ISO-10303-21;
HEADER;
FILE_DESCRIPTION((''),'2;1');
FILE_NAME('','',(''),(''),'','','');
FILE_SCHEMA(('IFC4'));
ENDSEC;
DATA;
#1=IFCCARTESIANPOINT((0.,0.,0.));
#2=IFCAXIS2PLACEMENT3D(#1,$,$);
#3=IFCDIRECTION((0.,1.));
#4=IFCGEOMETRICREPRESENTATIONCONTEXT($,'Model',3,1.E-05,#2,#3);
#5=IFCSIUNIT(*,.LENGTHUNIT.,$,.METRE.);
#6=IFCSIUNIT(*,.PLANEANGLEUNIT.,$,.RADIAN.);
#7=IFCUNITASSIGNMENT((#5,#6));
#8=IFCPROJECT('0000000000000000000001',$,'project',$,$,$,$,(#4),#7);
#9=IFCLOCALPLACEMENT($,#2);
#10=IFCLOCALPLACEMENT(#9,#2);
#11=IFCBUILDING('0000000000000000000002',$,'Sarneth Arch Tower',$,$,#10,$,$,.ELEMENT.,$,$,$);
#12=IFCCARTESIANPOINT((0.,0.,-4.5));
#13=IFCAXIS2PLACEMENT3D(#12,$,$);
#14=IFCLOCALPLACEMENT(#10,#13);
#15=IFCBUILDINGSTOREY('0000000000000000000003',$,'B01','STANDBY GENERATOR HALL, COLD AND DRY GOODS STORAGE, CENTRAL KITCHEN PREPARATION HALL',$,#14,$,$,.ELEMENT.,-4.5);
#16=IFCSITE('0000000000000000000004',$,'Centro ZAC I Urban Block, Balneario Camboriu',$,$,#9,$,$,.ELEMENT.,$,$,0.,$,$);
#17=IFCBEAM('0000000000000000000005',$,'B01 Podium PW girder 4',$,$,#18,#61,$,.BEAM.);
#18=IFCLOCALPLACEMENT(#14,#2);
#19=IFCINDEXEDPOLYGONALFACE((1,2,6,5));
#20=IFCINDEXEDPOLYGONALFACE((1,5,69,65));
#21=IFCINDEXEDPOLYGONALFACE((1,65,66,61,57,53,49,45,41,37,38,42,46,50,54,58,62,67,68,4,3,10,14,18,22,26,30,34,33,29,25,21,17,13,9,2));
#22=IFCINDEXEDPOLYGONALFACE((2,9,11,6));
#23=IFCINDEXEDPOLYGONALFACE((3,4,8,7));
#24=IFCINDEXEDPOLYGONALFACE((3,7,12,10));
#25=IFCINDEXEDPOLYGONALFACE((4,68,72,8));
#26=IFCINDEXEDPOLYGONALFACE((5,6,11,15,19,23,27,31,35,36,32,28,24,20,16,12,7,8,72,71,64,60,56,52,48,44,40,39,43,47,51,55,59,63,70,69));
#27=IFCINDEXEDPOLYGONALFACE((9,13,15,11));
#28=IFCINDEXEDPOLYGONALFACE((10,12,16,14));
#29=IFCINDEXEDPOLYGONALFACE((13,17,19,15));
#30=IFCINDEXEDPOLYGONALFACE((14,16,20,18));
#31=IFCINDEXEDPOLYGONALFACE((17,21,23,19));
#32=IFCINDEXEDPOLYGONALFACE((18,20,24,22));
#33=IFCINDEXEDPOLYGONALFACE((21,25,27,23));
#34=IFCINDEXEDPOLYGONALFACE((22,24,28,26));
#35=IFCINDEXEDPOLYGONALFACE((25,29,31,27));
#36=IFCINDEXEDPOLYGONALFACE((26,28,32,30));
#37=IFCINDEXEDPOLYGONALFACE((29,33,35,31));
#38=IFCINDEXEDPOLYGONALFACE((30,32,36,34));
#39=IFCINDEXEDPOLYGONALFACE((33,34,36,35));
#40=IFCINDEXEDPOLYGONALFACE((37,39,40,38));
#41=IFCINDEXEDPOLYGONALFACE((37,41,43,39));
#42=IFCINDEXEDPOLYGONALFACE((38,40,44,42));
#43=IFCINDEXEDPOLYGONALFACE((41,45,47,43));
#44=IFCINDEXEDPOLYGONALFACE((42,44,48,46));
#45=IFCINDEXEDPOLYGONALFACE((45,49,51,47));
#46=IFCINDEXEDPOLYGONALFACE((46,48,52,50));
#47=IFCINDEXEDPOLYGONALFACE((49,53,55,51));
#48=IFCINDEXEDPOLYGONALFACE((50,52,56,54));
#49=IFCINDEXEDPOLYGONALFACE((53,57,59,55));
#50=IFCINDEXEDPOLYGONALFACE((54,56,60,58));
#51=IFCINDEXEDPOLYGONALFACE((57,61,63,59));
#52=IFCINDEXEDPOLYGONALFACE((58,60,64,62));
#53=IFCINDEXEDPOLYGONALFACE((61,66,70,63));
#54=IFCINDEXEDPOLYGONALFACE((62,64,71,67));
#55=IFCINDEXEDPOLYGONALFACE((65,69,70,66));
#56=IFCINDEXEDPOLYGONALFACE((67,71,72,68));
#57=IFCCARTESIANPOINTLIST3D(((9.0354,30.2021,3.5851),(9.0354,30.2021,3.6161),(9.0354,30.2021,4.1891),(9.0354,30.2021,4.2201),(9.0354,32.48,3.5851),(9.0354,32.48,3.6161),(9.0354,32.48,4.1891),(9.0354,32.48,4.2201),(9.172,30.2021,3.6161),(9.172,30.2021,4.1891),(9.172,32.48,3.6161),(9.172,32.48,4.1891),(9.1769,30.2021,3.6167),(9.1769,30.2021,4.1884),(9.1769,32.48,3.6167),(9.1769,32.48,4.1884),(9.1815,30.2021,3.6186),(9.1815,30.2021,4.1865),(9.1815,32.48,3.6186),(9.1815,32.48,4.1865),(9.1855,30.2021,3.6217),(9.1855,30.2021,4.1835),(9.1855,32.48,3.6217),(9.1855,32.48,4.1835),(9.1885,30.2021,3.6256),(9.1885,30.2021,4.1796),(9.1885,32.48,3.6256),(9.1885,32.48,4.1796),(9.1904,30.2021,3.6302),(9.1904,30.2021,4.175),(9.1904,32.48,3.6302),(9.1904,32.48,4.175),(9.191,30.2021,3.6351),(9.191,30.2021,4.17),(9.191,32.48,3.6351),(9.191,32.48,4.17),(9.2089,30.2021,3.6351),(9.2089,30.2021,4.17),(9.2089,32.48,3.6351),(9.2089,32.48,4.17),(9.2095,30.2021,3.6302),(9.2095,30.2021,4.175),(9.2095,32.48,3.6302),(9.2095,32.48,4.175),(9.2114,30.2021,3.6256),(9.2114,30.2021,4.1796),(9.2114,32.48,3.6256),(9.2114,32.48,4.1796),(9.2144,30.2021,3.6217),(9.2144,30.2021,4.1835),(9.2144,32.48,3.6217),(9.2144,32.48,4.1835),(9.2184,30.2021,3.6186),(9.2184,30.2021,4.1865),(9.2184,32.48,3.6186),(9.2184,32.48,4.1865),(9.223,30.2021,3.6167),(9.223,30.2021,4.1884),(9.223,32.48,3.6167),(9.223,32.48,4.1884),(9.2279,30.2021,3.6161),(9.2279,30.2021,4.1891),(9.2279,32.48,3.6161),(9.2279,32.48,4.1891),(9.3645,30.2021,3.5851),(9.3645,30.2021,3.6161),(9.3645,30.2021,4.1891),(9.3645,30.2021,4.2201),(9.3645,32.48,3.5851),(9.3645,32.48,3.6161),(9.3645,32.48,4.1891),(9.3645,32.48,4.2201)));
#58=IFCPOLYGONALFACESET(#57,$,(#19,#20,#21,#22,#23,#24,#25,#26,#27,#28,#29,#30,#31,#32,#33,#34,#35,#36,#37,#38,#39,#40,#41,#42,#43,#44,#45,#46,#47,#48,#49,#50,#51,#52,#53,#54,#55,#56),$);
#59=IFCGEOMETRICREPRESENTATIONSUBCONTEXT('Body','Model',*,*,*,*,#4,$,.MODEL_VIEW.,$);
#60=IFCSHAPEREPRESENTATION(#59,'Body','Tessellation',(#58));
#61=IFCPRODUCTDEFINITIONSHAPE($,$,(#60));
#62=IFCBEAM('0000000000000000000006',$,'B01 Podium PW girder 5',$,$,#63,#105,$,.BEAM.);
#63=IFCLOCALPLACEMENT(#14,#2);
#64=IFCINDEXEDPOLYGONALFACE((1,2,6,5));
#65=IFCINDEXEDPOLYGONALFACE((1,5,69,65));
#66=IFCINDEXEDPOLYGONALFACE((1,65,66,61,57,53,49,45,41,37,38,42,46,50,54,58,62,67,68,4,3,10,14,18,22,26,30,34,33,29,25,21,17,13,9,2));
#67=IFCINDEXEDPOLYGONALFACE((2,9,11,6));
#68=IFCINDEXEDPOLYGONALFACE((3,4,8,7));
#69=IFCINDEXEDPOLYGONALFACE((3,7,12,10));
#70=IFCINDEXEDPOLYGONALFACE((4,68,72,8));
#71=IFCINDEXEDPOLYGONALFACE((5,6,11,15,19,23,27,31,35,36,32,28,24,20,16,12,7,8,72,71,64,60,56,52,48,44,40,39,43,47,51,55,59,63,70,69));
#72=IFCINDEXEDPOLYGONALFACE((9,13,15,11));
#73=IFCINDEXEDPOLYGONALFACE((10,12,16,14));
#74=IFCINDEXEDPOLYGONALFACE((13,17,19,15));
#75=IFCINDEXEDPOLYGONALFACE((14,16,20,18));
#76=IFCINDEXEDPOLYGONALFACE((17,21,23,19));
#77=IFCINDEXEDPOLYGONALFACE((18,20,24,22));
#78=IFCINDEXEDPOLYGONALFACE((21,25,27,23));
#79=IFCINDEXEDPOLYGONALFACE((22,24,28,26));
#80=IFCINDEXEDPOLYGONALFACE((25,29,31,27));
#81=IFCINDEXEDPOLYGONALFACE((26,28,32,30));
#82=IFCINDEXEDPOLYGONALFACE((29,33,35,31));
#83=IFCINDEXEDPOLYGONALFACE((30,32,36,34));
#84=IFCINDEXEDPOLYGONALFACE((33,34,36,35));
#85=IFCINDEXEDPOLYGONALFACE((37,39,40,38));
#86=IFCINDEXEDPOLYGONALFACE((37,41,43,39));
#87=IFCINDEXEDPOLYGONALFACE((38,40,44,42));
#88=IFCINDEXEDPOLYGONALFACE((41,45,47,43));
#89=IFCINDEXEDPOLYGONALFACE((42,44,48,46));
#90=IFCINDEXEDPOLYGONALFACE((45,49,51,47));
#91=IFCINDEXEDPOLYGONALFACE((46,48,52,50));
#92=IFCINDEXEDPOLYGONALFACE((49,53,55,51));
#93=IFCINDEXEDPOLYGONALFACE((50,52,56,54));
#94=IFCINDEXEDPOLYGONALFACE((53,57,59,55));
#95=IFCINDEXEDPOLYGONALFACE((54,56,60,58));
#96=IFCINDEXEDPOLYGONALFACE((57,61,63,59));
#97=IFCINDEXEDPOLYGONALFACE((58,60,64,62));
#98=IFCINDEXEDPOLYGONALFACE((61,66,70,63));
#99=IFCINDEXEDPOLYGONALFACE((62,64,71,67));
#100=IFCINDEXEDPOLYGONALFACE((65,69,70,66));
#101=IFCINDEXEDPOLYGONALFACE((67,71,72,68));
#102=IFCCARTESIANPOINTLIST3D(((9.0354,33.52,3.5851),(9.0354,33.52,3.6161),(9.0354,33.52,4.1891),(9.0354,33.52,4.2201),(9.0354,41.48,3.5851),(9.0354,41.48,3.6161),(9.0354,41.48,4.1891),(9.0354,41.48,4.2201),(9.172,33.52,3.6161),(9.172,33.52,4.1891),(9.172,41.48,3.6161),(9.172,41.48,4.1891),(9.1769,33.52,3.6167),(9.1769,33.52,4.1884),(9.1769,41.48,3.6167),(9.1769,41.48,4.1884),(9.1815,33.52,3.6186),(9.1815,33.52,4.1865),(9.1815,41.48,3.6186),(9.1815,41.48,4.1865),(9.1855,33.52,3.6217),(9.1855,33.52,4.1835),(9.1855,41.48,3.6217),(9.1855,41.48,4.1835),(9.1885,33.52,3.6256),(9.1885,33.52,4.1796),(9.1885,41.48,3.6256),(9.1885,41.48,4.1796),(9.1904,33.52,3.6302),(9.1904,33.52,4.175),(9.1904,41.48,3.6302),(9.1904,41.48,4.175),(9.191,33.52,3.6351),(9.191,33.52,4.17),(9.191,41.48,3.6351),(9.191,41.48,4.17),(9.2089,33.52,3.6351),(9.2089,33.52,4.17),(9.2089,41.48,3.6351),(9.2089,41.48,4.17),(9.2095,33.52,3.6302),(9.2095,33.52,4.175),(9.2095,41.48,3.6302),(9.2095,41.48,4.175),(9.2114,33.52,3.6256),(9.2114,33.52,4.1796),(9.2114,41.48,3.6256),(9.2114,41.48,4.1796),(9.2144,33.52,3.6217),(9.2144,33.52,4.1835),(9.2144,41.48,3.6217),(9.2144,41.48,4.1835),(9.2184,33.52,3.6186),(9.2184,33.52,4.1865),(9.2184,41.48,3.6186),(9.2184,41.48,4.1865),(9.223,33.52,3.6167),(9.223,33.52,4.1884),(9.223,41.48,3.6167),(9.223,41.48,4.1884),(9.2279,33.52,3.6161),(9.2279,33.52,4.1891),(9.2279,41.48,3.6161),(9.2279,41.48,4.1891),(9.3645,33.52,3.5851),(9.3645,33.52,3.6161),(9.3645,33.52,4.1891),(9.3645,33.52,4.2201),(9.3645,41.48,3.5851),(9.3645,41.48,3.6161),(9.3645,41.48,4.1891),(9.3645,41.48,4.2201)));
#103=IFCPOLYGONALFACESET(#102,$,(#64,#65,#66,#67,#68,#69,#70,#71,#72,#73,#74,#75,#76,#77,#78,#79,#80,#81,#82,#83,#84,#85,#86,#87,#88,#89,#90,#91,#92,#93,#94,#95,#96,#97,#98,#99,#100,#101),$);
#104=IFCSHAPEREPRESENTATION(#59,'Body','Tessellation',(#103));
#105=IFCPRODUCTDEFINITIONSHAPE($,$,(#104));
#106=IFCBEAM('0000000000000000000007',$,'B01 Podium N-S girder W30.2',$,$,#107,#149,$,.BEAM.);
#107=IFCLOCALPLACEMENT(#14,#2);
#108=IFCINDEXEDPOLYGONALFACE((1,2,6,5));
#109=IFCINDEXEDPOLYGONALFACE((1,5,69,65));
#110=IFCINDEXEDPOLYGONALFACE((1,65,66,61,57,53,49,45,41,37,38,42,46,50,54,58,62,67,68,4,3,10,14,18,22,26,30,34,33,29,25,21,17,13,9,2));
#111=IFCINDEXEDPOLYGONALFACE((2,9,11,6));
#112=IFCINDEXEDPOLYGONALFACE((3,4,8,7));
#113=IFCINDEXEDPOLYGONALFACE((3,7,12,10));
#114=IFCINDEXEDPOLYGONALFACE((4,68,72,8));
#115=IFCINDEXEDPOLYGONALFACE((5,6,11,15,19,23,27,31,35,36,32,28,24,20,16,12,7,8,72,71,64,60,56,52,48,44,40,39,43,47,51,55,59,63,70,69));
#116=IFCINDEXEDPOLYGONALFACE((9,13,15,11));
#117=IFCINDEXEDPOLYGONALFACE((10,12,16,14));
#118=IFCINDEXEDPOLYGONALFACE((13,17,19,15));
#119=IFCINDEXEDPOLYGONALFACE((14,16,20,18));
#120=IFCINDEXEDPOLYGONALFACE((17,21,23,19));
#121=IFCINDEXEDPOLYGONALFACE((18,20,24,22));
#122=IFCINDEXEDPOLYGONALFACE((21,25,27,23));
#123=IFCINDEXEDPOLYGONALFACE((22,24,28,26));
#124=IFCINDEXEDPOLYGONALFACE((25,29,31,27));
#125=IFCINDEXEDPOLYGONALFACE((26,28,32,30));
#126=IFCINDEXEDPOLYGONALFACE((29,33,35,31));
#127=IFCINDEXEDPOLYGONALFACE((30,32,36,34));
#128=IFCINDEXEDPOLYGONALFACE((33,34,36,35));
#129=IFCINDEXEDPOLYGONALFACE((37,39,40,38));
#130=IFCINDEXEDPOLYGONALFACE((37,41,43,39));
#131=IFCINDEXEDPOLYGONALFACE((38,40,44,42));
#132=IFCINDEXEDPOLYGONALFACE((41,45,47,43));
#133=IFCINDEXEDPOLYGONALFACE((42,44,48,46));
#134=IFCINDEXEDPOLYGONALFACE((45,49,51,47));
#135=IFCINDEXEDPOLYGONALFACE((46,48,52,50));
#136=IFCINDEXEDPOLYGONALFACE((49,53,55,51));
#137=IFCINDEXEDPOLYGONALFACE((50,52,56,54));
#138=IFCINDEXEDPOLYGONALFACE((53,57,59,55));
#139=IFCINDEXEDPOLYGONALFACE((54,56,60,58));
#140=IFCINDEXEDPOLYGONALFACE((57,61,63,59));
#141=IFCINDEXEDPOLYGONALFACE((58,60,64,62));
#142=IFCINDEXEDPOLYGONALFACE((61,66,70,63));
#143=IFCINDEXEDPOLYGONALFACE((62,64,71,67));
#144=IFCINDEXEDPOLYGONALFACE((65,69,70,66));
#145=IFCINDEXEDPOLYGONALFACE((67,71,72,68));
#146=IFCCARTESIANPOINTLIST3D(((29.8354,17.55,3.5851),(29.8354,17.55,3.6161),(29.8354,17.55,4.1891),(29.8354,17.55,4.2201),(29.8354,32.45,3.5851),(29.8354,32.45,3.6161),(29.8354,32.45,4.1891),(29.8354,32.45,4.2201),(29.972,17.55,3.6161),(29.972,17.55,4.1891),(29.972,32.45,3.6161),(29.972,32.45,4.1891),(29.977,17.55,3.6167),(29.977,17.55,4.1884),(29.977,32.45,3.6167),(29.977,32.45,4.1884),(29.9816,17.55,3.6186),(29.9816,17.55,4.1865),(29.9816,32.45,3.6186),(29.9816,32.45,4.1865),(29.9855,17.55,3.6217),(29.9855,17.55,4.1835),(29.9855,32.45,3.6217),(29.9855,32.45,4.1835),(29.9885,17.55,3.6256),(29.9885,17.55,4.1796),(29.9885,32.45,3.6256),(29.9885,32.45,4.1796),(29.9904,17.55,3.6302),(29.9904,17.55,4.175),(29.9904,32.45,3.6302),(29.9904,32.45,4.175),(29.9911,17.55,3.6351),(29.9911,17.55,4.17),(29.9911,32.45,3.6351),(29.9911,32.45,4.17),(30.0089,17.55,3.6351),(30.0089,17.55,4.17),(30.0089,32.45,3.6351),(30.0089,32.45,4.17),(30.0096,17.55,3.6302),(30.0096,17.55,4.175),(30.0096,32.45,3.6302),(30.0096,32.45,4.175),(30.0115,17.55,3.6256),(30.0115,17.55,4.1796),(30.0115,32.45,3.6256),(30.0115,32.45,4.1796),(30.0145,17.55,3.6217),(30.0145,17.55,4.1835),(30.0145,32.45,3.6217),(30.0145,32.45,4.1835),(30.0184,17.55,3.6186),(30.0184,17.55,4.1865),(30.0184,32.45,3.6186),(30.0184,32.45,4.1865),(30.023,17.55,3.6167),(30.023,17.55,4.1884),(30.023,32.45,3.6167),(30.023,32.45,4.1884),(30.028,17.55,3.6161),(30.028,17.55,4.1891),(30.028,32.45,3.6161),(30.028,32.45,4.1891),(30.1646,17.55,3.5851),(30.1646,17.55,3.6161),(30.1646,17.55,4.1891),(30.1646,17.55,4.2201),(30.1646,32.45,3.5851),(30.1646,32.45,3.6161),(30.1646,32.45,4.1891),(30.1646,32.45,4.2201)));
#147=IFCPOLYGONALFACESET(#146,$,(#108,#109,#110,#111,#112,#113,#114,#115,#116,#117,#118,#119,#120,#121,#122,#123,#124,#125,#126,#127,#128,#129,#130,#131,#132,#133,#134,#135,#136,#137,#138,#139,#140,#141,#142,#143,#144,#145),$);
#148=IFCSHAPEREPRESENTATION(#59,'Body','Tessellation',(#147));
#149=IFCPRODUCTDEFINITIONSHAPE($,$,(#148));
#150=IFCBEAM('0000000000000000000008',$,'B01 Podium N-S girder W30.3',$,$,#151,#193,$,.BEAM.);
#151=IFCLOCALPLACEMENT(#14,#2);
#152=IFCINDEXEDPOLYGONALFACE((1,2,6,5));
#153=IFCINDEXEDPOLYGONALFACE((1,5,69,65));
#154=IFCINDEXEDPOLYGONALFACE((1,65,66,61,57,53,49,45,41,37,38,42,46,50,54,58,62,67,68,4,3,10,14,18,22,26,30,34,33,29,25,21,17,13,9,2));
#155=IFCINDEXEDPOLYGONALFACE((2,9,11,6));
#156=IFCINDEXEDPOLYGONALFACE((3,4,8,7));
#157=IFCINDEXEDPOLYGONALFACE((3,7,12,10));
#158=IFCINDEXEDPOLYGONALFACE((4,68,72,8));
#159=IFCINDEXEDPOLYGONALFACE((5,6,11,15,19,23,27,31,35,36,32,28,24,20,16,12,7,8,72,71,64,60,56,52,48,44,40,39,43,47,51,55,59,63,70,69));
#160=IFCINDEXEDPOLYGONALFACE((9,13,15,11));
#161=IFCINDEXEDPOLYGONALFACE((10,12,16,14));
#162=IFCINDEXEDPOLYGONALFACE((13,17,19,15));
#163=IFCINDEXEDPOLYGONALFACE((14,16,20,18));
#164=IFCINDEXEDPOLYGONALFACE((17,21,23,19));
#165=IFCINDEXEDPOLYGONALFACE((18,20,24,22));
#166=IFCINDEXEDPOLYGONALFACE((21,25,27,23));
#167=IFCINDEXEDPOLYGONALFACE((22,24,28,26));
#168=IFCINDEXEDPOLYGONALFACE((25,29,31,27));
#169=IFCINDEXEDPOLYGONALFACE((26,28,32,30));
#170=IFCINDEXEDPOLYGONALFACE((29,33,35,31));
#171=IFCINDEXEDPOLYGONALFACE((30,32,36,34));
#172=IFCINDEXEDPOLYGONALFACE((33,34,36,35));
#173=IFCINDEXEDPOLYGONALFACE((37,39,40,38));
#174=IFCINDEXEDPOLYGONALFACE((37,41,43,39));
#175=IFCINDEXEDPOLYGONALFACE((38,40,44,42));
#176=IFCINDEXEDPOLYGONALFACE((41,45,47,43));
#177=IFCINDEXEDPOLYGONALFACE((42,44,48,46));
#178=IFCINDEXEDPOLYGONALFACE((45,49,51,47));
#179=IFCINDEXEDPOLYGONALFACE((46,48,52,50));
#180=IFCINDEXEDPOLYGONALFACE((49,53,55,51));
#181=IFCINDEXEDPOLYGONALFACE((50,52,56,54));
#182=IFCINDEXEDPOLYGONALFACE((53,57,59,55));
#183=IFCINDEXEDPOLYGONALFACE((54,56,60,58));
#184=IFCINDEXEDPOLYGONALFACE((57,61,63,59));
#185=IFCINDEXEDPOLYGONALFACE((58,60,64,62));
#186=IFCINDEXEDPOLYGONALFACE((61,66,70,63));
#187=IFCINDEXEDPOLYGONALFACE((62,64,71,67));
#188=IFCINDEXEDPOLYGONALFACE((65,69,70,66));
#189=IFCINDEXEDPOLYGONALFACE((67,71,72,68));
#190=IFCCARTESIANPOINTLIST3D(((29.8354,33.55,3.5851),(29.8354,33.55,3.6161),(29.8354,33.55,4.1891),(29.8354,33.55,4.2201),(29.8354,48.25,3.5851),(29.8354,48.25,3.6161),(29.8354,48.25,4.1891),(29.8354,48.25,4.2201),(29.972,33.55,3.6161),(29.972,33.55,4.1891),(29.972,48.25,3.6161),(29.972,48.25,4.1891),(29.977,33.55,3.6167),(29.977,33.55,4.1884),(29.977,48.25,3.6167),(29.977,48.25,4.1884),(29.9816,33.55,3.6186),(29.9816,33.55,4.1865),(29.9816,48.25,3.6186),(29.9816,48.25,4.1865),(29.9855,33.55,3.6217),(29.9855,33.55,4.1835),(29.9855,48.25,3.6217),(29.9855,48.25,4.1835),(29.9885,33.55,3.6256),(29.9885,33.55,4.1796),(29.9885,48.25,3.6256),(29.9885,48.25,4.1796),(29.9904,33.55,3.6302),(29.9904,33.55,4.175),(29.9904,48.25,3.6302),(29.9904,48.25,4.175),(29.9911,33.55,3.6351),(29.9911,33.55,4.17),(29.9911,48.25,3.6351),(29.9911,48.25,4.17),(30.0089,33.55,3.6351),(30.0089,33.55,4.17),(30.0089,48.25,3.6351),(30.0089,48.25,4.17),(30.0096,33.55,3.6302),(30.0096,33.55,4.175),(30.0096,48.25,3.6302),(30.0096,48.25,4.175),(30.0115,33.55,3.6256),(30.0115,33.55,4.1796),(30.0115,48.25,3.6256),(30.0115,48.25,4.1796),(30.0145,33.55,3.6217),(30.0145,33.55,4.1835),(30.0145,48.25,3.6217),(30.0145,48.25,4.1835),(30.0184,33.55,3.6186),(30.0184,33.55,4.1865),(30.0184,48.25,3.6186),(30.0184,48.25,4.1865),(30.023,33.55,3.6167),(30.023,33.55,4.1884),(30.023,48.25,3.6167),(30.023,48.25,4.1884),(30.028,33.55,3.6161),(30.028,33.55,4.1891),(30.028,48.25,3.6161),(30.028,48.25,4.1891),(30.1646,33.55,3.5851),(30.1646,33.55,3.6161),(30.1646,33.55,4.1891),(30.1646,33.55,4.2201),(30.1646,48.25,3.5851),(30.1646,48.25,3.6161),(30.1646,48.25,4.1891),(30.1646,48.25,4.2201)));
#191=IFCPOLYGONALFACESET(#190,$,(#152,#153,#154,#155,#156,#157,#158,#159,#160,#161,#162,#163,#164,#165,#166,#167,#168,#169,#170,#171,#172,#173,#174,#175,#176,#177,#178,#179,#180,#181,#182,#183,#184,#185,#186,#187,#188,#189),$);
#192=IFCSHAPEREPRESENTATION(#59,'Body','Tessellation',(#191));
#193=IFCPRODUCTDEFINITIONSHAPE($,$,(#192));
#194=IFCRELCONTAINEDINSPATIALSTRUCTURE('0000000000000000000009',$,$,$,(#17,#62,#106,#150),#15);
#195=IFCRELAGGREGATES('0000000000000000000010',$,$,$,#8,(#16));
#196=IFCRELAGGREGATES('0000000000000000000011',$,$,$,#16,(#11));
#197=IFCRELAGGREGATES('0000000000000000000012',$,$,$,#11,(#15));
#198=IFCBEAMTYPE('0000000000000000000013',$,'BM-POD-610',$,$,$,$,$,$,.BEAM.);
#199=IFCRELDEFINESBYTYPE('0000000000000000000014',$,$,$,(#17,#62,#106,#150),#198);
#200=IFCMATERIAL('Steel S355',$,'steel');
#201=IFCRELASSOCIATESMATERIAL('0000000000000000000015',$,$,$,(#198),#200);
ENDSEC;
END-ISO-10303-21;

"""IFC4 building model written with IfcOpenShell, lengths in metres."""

from ifc_helpers import new_model, si_unit, direction, frame, origin, origin_2d, place, context, subcontext, project, spatial, i_section, extrude, material, material_profile, profile_set, type_object, element, save


model = new_model("IFC4")

# Units and contexts
model_context = context("Model", 3, precision=1e-05, world=origin(), true_north=direction((0.0, 1.0)))
body_context = subcontext(model_context, "Body", "Model", "MODEL_VIEW")
ifc_project = project(units=[si_unit("LENGTHUNIT", "METRE"), si_unit("PLANEANGLEUNIT", "RADIAN")], contexts=[model_context])

# Site, building, storey
site_placement = place(None, origin())
site = spatial("IfcSite", under=ifc_project, at=site_placement, Name="Centro ZAC I Urban Block, Balneario Camboriu", CompositionType="ELEMENT", RefElevation=0.0)
building_placement = place(site_placement, origin())
building = spatial("IfcBuilding", under=site, at=building_placement, Name="Sarneth Arch Tower", CompositionType="ELEMENT")
storey_placement = place(building_placement, frame((0.0, 0.0, -4.5)))
storey = spatial("IfcBuildingStorey", under=building, at=storey_placement, Name="B01", Description="STANDBY GENERATOR HALL, COLD AND DRY GOODS STORAGE, CENTRAL KITCHEN PREPARATION HALL", CompositionType="ELEMENT", Elevation=-4.5)

# Beams
ifc_material_1 = material(Name="Steel S355", Category="steel")
ifc_material_profile_1 = material_profile(ifc_material_1, i_section(OverallWidth=0.3291, OverallDepth=0.635, WebThickness=0.0178, FlangeThickness=0.031, FilletRadius=0.019, at=origin_2d()), Name="W610x241")
ifc_profile_set_1 = profile_set([ifc_material_profile_1], Name="Steel S355")
beam_type_1 = type_object("IfcBeamType", Name="BM-POD-610", PredefinedType="BEAM", material=ifc_profile_set_1)
beam_1_placement = place(storey_placement, frame((9.2, 30.2021, 3.9026), z_axis=(0.0, 1.0, 0.0), x_axis=(-1.0, 0.0, 0.0)))
element("IfcBeam", 1, at=beam_1_placement, inside=storey, type_object=beam_type_1, Name="B01 Podium PW girder 4", PredefinedType="BEAM", context=body_context, shape_type="SweptSolid", body=[
    extrude(i_section(OverallWidth=0.3291, OverallDepth=0.635, WebThickness=0.0178, FlangeThickness=0.031, FilletRadius=0.019, at=origin_2d()), origin(), (0.0, 0.0, 1.0), 2.2778),
])
beam_2_placement = place(storey_placement, frame((9.2, 33.52, 3.9026), z_axis=(0.0, 1.0, 0.0), x_axis=(-1.0, 0.0, 0.0)))
element("IfcBeam", 2, at=beam_2_placement, inside=storey, type_object=beam_type_1, Name="B01 Podium PW girder 5", PredefinedType="BEAM", context=body_context, shape_type="SweptSolid", body=[
    extrude(i_section(OverallWidth=0.3291, OverallDepth=0.635, WebThickness=0.0178, FlangeThickness=0.031, FilletRadius=0.019, at=origin_2d()), origin(), (0.0, 0.0, 1.0), 7.96),
])
beam_3_placement = place(storey_placement, frame((30.0, 17.55, 3.9026), z_axis=(0.0, 1.0, 0.0), x_axis=(-1.0, 0.0, 0.0)))
element("IfcBeam", 3, at=beam_3_placement, inside=storey, type_object=beam_type_1, Name="B01 Podium N-S girder W30.2", PredefinedType="BEAM", context=body_context, shape_type="SweptSolid", body=[
    extrude(i_section(OverallWidth=0.3291, OverallDepth=0.635, WebThickness=0.0178, FlangeThickness=0.031, FilletRadius=0.019, at=origin_2d()), origin(), (0.0, 0.0, 1.0), 14.8999),
])
beam_4_placement = place(storey_placement, frame((30.0, 33.55, 3.9026), z_axis=(0.0, 1.0, 0.0), x_axis=(-1.0, 0.0, 0.0)))
element("IfcBeam", 4, at=beam_4_placement, inside=storey, type_object=beam_type_1, Name="B01 Podium N-S girder W30.3", PredefinedType="BEAM", context=body_context, shape_type="SweptSolid", body=[
    extrude(i_section(OverallWidth=0.3291, OverallDepth=0.635, WebThickness=0.0178, FlangeThickness=0.031, FilletRadius=0.019, at=origin_2d()), origin(), (0.0, 0.0, 1.0), 14.7),
])

save(model, "model.ifc")
